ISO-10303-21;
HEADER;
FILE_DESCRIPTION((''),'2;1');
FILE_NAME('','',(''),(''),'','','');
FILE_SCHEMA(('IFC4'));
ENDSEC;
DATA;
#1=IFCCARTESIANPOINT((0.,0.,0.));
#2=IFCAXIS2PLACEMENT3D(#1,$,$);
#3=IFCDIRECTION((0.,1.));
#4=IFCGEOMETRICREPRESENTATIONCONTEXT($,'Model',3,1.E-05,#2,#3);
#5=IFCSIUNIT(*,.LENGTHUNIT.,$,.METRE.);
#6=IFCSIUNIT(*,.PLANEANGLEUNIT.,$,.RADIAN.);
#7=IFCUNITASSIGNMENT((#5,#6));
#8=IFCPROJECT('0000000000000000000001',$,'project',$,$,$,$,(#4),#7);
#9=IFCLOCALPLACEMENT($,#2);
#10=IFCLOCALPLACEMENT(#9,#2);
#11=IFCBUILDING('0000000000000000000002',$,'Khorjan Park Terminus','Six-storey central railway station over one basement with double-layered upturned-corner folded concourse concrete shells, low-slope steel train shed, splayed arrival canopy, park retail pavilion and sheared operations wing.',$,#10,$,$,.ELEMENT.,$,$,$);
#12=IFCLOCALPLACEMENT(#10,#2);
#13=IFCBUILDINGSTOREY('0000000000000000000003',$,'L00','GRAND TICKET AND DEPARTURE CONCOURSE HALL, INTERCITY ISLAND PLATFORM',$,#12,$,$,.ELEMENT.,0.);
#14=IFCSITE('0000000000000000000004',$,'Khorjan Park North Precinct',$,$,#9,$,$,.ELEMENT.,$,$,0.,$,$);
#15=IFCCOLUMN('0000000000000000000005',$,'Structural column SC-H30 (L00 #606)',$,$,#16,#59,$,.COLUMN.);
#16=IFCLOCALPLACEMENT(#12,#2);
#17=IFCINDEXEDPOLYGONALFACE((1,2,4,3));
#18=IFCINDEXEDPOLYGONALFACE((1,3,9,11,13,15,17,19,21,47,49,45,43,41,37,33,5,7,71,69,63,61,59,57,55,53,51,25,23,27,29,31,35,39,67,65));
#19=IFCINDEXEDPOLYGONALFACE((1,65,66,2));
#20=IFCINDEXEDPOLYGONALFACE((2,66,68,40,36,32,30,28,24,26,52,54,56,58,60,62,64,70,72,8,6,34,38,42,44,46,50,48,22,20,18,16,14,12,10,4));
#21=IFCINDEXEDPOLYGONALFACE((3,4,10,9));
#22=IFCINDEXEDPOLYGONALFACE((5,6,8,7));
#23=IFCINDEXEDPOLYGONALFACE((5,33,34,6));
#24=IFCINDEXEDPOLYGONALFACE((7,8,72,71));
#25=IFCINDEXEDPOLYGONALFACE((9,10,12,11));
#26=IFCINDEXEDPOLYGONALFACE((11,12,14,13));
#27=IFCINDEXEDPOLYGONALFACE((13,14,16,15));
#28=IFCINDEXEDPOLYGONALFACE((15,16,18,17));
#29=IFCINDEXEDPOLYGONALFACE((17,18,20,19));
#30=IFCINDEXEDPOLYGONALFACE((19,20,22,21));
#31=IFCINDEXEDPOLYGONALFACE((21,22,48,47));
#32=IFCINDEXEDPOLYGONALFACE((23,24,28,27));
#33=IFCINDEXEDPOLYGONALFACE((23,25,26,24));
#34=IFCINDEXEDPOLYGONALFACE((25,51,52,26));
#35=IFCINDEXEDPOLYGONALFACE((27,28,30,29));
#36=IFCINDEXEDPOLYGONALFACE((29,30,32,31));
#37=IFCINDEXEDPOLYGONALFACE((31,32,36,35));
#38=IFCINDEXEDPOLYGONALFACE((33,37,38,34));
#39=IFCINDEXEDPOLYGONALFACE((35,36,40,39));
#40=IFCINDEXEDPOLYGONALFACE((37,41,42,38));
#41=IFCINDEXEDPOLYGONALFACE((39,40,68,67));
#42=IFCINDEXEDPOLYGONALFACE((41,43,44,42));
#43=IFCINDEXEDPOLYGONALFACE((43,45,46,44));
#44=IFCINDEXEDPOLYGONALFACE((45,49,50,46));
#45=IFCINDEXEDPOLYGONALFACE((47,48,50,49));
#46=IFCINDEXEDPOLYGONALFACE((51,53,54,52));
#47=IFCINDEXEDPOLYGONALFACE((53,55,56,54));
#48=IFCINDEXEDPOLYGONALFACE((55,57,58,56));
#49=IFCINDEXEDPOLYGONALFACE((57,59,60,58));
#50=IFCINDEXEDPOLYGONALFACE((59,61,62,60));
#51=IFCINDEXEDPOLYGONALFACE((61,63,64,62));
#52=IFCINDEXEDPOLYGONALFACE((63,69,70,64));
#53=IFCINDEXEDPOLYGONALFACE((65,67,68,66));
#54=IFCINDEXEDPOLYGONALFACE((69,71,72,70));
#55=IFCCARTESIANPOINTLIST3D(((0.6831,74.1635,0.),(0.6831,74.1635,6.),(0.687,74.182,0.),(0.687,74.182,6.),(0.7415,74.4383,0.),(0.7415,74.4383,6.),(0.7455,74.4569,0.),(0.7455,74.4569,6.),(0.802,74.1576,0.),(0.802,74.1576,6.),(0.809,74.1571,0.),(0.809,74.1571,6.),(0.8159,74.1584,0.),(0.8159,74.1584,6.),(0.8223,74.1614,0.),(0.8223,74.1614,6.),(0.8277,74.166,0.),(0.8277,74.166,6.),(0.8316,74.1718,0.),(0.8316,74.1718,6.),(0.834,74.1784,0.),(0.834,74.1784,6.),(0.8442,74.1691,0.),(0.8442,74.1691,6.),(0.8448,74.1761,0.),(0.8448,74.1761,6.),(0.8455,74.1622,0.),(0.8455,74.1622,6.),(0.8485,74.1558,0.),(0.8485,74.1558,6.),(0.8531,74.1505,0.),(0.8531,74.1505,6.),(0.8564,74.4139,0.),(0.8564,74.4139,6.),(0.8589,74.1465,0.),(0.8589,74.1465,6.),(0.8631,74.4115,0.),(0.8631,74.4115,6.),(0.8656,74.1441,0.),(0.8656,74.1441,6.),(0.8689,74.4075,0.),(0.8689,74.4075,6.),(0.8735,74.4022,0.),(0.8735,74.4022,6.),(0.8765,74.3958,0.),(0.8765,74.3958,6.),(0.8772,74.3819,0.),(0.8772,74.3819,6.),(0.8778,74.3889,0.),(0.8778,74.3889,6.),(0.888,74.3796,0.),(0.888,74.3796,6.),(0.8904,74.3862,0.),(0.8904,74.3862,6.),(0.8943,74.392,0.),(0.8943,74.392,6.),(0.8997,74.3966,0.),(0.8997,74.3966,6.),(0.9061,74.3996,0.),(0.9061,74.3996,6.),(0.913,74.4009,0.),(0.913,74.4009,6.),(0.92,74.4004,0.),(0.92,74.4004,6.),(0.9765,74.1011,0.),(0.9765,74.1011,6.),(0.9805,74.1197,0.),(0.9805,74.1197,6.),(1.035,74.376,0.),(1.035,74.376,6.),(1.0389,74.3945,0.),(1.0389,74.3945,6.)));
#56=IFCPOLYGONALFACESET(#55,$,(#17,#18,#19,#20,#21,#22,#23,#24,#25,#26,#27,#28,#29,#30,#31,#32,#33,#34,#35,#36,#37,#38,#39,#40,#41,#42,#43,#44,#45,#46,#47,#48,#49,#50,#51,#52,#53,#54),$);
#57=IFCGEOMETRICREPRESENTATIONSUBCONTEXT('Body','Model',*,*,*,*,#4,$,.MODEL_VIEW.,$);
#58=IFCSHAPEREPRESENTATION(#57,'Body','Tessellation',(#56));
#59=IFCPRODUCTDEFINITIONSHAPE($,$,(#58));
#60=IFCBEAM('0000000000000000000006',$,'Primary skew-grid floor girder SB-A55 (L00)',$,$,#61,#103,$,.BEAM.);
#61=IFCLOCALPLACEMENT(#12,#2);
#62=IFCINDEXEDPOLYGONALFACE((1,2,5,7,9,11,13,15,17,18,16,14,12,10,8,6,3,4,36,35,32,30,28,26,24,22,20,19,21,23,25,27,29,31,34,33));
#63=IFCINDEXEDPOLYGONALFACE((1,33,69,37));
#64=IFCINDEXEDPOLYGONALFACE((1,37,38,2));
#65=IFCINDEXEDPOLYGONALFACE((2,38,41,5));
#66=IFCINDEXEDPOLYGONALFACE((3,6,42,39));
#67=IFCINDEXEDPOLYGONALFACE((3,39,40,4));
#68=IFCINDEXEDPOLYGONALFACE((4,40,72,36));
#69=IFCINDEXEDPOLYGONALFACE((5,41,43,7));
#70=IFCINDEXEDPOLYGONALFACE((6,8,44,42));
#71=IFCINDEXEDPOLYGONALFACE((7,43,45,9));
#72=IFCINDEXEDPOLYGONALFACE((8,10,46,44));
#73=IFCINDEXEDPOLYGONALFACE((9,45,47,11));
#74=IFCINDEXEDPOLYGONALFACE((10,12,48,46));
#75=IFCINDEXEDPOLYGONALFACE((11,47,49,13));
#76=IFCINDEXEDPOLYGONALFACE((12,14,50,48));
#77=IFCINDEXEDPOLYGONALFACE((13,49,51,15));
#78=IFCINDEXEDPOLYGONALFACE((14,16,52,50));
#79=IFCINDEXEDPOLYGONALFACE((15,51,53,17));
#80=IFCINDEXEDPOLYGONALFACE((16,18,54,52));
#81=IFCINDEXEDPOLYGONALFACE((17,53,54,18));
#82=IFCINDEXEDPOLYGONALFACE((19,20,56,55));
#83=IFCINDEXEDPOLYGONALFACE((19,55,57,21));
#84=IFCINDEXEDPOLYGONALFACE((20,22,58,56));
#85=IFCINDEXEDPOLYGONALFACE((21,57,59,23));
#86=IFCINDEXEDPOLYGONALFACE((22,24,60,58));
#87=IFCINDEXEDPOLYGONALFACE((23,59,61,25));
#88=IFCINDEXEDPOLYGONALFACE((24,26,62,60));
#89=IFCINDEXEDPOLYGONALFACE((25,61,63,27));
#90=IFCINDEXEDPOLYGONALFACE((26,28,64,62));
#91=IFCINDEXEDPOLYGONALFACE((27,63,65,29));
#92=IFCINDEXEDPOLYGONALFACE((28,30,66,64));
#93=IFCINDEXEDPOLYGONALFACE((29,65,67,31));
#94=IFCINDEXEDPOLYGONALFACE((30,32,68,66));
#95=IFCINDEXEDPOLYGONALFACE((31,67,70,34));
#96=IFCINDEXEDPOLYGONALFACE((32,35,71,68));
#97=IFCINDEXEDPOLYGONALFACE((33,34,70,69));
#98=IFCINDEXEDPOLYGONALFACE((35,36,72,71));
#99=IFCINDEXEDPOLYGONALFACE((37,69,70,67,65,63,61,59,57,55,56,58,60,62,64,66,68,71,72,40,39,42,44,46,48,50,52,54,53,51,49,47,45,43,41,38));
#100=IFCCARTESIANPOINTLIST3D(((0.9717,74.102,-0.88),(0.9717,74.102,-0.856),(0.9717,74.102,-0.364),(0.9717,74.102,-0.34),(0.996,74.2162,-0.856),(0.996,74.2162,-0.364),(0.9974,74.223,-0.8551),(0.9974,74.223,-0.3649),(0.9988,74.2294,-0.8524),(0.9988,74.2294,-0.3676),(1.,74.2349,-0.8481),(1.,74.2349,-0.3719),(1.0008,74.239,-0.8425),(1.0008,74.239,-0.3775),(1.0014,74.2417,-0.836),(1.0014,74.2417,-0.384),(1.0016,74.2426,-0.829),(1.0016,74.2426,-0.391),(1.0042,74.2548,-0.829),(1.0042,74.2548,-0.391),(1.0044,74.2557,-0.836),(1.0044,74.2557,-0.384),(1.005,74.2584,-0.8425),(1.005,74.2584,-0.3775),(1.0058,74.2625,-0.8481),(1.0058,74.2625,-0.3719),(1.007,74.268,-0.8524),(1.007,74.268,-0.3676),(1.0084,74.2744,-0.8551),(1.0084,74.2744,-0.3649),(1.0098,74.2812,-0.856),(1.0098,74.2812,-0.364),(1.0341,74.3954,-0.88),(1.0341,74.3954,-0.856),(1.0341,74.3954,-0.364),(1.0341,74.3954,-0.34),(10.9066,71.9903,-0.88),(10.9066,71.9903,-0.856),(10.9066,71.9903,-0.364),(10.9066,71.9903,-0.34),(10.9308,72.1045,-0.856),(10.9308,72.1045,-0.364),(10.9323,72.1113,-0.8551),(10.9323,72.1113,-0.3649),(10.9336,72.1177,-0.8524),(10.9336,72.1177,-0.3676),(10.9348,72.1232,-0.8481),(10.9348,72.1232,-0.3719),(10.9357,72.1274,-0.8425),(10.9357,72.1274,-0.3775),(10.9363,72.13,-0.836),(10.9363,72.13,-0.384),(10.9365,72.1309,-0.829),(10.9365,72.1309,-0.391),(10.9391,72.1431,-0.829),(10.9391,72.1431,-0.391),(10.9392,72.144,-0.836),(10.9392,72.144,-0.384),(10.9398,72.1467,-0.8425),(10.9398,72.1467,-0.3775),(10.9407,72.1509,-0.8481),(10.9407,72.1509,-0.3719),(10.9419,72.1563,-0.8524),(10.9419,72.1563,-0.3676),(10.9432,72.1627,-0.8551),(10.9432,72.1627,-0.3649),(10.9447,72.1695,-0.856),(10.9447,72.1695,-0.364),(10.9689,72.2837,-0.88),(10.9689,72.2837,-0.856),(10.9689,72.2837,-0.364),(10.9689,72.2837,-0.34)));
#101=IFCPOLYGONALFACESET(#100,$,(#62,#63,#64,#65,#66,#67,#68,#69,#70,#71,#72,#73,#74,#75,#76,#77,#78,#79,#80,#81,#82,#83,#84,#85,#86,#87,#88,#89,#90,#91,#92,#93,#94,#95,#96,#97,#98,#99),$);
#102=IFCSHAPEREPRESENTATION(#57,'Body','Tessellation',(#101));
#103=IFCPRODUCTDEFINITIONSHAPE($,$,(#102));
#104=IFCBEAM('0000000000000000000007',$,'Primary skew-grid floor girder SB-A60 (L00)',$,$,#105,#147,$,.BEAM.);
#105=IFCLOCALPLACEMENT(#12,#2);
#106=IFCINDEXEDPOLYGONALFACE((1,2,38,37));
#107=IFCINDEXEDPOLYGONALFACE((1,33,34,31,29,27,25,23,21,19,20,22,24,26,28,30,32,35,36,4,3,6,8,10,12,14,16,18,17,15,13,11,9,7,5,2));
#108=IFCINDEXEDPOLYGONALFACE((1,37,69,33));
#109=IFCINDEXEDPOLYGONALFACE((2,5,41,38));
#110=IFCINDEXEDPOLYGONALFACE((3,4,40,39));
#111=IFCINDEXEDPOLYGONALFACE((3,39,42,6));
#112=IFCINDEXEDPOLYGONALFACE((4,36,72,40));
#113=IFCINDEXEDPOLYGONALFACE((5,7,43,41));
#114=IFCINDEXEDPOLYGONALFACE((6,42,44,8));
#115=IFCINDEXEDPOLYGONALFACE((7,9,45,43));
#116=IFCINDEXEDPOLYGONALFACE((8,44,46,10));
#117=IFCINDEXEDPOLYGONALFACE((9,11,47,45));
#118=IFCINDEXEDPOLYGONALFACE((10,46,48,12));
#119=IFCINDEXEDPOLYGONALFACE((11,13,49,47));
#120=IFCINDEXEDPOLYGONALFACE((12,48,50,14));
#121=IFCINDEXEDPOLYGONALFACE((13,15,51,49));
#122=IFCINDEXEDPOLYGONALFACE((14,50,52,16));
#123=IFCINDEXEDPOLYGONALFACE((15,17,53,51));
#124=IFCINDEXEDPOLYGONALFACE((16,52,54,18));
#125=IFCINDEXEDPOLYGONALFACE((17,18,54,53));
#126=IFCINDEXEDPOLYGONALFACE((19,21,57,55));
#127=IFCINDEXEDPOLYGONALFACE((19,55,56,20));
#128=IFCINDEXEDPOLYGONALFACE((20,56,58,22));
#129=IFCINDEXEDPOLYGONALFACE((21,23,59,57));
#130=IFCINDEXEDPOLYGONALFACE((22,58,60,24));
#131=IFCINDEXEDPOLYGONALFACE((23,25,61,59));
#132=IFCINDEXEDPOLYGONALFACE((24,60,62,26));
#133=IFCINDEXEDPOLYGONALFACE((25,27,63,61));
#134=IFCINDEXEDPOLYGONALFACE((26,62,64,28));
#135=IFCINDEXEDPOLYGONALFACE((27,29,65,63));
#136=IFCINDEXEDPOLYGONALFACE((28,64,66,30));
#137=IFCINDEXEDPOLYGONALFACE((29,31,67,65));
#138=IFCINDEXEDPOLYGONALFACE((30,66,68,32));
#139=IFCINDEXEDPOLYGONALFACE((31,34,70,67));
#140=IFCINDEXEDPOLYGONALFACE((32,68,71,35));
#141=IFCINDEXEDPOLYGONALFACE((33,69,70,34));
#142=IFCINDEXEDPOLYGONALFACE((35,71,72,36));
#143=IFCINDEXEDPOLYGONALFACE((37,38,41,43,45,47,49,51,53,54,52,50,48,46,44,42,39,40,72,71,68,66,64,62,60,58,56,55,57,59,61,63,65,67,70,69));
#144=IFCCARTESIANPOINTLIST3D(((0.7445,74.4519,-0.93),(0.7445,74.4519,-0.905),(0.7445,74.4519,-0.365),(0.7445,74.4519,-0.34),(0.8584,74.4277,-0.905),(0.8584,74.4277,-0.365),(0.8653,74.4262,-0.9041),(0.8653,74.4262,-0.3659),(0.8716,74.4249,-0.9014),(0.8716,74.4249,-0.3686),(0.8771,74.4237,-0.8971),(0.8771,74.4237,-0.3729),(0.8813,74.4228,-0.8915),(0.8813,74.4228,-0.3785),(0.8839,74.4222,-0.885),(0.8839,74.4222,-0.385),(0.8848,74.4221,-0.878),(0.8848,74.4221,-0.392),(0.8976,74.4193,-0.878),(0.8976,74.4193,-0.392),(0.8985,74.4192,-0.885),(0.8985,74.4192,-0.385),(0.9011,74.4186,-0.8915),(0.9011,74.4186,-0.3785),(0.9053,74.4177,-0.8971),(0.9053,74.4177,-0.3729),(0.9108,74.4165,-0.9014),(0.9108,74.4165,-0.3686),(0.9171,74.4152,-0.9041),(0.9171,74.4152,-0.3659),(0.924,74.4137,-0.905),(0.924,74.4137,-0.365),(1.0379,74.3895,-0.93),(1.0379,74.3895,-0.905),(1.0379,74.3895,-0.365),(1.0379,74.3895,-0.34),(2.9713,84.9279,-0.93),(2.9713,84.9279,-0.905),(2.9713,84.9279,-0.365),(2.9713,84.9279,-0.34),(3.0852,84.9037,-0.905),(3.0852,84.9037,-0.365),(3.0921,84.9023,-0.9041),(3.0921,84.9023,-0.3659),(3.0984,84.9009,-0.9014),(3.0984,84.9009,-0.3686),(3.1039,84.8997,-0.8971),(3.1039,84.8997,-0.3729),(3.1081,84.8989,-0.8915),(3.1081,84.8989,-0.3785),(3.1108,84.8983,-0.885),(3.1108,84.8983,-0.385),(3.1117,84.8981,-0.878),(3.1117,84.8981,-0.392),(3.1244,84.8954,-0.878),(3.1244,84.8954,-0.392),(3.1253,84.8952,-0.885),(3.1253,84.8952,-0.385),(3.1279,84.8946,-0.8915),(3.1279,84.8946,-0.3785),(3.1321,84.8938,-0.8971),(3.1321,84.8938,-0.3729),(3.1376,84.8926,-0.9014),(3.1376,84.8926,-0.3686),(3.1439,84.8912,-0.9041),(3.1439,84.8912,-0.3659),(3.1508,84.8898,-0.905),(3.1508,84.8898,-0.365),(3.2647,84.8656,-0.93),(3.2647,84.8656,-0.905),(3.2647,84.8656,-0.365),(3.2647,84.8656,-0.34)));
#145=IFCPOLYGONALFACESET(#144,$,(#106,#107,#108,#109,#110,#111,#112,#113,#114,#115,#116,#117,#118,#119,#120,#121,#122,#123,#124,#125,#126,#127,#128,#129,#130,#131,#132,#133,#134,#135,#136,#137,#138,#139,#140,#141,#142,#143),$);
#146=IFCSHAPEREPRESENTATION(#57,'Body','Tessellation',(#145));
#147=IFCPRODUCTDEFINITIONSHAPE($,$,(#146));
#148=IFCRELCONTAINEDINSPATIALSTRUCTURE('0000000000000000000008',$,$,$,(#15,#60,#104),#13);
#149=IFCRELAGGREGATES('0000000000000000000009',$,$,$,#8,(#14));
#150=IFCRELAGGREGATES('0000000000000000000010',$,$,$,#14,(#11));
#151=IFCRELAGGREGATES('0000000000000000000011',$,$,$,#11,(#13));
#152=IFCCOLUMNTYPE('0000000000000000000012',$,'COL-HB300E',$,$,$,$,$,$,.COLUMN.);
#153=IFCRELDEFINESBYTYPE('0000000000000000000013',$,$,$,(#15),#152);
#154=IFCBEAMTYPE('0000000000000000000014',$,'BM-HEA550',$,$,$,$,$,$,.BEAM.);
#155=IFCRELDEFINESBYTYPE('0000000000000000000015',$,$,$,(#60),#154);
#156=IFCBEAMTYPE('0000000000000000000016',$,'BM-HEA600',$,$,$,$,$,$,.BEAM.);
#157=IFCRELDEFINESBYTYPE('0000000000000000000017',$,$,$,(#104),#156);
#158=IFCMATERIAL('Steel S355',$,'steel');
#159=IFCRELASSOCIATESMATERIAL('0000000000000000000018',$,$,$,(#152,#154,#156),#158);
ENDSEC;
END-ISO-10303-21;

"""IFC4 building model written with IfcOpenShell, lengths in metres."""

from ifc_helpers import new_model, si_unit, direction, frame, origin, origin_2d, place, context, subcontext, project, spatial, i_section, extrude, material, material_profile, profile_set, type_object, element, save


model = new_model("IFC4")

# Units and contexts
model_context = context("Model", 3, precision=1e-05, world=origin(), true_north=direction((0.0, 1.0)))
body_context = subcontext(model_context, "Body", "Model", "MODEL_VIEW")
ifc_project = project(units=[si_unit("LENGTHUNIT", "METRE"), si_unit("PLANEANGLEUNIT", "RADIAN")], contexts=[model_context])

# Site, building, storey
site_placement = place(None, origin())
site = spatial("IfcSite", under=ifc_project, at=site_placement, Name="Khorjan Park North Precinct", CompositionType="ELEMENT", RefElevation=0.0)
building_placement = place(site_placement, origin())
building = spatial("IfcBuilding", under=site, at=building_placement, Name="Khorjan Park Terminus", Description="Six-storey central railway station over one basement with double-layered upturned-corner folded concourse concrete shells, low-slope steel train shed, splayed arrival canopy, park retail pavilion and sheared operations wing.", CompositionType="ELEMENT")
storey_placement = place(building_placement, origin())
storey = spatial("IfcBuildingStorey", under=building, at=storey_placement, Name="L00", Description="GRAND TICKET AND DEPARTURE CONCOURSE HALL, INTERCITY ISLAND PLATFORM", CompositionType="ELEMENT", Elevation=0.0)

# Column
ifc_material_1 = material(Name="Steel S355", Category="steel")
ifc_material_profile_1 = material_profile(ifc_material_1, i_section(OverallWidth=0.3, OverallDepth=0.3, WebThickness=0.011, FlangeThickness=0.019, FilletRadius=0.027, at=origin_2d()), Name="HEB 300")
ifc_profile_set_1 = profile_set([ifc_material_profile_1], Name="Steel S355")
column_type = type_object("IfcColumnType", Name="COL-HB300E", PredefinedType="COLUMN", material=ifc_profile_set_1)
column_placement = place(storey_placement, frame((0.861, 74.279, 0.0), z_axis=(0.0, 0.0, 1.0), x_axis=(0.978148, -0.207912, 0.0)))
element("IfcColumn", 1, at=column_placement, inside=storey, type_object=column_type, Name="Structural column SC-H30 (L00 #606)", PredefinedType="COLUMN", context=body_context, shape_type="SweptSolid", body=[
    extrude(i_section(OverallWidth=0.3, OverallDepth=0.3, WebThickness=0.011, FlangeThickness=0.019, FilletRadius=0.027, at=origin_2d()), origin(), (0.0, 0.0, 1.0), 6.0),
])

# Beams
ifc_material_profile_2 = material_profile(ifc_material_1, i_section(OverallWidth=0.3, OverallDepth=0.54, WebThickness=0.0125, FlangeThickness=0.024, FilletRadius=0.027, at=origin_2d()), Name="HEA 550")
ifc_profile_set_2 = profile_set([ifc_material_profile_2], Name="Steel S355")
beam_type_1 = type_object("IfcBeamType", Name="BM-HEA550", PredefinedType="BEAM", material=ifc_profile_set_2)
beam_1_placement = place(storey_placement, frame((1.0029, 74.2487, -0.61), z_axis=(0.978148, -0.207909, 0.0), x_axis=(0.207909, 0.978148, 0.0)))
element("IfcBeam", 2, at=beam_1_placement, inside=storey, type_object=beam_type_1, Name="Primary skew-grid floor girder SB-A55 (L00)", PredefinedType="BEAM", context=body_context, shape_type="SweptSolid", body=[
    extrude(i_section(OverallWidth=0.3, OverallDepth=0.54, WebThickness=0.0125, FlangeThickness=0.024, FilletRadius=0.027, at=origin_2d()), origin(), (0.0, 0.0, 1.0), 10.1568),
])
ifc_material_profile_3 = material_profile(ifc_material_1, i_section(OverallWidth=0.3, OverallDepth=0.59, WebThickness=0.013, FlangeThickness=0.025, FilletRadius=0.027, at=origin_2d()), Name="HEA 600")
ifc_profile_set_3 = profile_set([ifc_material_profile_3], Name="Steel S355")
beam_type_2 = type_object("IfcBeamType", Name="BM-HEA600", PredefinedType="BEAM", material=ifc_profile_set_3)
beam_2_placement = place(storey_placement, frame((0.8912, 74.4207, -0.635), z_axis=(0.207917, 0.978147, 0.0), x_axis=(-0.978147, 0.207917, 0.0)))
element("IfcBeam", 3, at=beam_2_placement, inside=storey, type_object=beam_type_2, Name="Primary skew-grid floor girder SB-A60 (L00)", PredefinedType="BEAM", context=body_context, shape_type="SweptSolid", body=[
    extrude(i_section(OverallWidth=0.3, OverallDepth=0.59, WebThickness=0.013, FlangeThickness=0.025, FilletRadius=0.027, at=origin_2d()), origin(), (0.0, 0.0, 1.0), 10.7101),
])

save(model, "model.ifc")
